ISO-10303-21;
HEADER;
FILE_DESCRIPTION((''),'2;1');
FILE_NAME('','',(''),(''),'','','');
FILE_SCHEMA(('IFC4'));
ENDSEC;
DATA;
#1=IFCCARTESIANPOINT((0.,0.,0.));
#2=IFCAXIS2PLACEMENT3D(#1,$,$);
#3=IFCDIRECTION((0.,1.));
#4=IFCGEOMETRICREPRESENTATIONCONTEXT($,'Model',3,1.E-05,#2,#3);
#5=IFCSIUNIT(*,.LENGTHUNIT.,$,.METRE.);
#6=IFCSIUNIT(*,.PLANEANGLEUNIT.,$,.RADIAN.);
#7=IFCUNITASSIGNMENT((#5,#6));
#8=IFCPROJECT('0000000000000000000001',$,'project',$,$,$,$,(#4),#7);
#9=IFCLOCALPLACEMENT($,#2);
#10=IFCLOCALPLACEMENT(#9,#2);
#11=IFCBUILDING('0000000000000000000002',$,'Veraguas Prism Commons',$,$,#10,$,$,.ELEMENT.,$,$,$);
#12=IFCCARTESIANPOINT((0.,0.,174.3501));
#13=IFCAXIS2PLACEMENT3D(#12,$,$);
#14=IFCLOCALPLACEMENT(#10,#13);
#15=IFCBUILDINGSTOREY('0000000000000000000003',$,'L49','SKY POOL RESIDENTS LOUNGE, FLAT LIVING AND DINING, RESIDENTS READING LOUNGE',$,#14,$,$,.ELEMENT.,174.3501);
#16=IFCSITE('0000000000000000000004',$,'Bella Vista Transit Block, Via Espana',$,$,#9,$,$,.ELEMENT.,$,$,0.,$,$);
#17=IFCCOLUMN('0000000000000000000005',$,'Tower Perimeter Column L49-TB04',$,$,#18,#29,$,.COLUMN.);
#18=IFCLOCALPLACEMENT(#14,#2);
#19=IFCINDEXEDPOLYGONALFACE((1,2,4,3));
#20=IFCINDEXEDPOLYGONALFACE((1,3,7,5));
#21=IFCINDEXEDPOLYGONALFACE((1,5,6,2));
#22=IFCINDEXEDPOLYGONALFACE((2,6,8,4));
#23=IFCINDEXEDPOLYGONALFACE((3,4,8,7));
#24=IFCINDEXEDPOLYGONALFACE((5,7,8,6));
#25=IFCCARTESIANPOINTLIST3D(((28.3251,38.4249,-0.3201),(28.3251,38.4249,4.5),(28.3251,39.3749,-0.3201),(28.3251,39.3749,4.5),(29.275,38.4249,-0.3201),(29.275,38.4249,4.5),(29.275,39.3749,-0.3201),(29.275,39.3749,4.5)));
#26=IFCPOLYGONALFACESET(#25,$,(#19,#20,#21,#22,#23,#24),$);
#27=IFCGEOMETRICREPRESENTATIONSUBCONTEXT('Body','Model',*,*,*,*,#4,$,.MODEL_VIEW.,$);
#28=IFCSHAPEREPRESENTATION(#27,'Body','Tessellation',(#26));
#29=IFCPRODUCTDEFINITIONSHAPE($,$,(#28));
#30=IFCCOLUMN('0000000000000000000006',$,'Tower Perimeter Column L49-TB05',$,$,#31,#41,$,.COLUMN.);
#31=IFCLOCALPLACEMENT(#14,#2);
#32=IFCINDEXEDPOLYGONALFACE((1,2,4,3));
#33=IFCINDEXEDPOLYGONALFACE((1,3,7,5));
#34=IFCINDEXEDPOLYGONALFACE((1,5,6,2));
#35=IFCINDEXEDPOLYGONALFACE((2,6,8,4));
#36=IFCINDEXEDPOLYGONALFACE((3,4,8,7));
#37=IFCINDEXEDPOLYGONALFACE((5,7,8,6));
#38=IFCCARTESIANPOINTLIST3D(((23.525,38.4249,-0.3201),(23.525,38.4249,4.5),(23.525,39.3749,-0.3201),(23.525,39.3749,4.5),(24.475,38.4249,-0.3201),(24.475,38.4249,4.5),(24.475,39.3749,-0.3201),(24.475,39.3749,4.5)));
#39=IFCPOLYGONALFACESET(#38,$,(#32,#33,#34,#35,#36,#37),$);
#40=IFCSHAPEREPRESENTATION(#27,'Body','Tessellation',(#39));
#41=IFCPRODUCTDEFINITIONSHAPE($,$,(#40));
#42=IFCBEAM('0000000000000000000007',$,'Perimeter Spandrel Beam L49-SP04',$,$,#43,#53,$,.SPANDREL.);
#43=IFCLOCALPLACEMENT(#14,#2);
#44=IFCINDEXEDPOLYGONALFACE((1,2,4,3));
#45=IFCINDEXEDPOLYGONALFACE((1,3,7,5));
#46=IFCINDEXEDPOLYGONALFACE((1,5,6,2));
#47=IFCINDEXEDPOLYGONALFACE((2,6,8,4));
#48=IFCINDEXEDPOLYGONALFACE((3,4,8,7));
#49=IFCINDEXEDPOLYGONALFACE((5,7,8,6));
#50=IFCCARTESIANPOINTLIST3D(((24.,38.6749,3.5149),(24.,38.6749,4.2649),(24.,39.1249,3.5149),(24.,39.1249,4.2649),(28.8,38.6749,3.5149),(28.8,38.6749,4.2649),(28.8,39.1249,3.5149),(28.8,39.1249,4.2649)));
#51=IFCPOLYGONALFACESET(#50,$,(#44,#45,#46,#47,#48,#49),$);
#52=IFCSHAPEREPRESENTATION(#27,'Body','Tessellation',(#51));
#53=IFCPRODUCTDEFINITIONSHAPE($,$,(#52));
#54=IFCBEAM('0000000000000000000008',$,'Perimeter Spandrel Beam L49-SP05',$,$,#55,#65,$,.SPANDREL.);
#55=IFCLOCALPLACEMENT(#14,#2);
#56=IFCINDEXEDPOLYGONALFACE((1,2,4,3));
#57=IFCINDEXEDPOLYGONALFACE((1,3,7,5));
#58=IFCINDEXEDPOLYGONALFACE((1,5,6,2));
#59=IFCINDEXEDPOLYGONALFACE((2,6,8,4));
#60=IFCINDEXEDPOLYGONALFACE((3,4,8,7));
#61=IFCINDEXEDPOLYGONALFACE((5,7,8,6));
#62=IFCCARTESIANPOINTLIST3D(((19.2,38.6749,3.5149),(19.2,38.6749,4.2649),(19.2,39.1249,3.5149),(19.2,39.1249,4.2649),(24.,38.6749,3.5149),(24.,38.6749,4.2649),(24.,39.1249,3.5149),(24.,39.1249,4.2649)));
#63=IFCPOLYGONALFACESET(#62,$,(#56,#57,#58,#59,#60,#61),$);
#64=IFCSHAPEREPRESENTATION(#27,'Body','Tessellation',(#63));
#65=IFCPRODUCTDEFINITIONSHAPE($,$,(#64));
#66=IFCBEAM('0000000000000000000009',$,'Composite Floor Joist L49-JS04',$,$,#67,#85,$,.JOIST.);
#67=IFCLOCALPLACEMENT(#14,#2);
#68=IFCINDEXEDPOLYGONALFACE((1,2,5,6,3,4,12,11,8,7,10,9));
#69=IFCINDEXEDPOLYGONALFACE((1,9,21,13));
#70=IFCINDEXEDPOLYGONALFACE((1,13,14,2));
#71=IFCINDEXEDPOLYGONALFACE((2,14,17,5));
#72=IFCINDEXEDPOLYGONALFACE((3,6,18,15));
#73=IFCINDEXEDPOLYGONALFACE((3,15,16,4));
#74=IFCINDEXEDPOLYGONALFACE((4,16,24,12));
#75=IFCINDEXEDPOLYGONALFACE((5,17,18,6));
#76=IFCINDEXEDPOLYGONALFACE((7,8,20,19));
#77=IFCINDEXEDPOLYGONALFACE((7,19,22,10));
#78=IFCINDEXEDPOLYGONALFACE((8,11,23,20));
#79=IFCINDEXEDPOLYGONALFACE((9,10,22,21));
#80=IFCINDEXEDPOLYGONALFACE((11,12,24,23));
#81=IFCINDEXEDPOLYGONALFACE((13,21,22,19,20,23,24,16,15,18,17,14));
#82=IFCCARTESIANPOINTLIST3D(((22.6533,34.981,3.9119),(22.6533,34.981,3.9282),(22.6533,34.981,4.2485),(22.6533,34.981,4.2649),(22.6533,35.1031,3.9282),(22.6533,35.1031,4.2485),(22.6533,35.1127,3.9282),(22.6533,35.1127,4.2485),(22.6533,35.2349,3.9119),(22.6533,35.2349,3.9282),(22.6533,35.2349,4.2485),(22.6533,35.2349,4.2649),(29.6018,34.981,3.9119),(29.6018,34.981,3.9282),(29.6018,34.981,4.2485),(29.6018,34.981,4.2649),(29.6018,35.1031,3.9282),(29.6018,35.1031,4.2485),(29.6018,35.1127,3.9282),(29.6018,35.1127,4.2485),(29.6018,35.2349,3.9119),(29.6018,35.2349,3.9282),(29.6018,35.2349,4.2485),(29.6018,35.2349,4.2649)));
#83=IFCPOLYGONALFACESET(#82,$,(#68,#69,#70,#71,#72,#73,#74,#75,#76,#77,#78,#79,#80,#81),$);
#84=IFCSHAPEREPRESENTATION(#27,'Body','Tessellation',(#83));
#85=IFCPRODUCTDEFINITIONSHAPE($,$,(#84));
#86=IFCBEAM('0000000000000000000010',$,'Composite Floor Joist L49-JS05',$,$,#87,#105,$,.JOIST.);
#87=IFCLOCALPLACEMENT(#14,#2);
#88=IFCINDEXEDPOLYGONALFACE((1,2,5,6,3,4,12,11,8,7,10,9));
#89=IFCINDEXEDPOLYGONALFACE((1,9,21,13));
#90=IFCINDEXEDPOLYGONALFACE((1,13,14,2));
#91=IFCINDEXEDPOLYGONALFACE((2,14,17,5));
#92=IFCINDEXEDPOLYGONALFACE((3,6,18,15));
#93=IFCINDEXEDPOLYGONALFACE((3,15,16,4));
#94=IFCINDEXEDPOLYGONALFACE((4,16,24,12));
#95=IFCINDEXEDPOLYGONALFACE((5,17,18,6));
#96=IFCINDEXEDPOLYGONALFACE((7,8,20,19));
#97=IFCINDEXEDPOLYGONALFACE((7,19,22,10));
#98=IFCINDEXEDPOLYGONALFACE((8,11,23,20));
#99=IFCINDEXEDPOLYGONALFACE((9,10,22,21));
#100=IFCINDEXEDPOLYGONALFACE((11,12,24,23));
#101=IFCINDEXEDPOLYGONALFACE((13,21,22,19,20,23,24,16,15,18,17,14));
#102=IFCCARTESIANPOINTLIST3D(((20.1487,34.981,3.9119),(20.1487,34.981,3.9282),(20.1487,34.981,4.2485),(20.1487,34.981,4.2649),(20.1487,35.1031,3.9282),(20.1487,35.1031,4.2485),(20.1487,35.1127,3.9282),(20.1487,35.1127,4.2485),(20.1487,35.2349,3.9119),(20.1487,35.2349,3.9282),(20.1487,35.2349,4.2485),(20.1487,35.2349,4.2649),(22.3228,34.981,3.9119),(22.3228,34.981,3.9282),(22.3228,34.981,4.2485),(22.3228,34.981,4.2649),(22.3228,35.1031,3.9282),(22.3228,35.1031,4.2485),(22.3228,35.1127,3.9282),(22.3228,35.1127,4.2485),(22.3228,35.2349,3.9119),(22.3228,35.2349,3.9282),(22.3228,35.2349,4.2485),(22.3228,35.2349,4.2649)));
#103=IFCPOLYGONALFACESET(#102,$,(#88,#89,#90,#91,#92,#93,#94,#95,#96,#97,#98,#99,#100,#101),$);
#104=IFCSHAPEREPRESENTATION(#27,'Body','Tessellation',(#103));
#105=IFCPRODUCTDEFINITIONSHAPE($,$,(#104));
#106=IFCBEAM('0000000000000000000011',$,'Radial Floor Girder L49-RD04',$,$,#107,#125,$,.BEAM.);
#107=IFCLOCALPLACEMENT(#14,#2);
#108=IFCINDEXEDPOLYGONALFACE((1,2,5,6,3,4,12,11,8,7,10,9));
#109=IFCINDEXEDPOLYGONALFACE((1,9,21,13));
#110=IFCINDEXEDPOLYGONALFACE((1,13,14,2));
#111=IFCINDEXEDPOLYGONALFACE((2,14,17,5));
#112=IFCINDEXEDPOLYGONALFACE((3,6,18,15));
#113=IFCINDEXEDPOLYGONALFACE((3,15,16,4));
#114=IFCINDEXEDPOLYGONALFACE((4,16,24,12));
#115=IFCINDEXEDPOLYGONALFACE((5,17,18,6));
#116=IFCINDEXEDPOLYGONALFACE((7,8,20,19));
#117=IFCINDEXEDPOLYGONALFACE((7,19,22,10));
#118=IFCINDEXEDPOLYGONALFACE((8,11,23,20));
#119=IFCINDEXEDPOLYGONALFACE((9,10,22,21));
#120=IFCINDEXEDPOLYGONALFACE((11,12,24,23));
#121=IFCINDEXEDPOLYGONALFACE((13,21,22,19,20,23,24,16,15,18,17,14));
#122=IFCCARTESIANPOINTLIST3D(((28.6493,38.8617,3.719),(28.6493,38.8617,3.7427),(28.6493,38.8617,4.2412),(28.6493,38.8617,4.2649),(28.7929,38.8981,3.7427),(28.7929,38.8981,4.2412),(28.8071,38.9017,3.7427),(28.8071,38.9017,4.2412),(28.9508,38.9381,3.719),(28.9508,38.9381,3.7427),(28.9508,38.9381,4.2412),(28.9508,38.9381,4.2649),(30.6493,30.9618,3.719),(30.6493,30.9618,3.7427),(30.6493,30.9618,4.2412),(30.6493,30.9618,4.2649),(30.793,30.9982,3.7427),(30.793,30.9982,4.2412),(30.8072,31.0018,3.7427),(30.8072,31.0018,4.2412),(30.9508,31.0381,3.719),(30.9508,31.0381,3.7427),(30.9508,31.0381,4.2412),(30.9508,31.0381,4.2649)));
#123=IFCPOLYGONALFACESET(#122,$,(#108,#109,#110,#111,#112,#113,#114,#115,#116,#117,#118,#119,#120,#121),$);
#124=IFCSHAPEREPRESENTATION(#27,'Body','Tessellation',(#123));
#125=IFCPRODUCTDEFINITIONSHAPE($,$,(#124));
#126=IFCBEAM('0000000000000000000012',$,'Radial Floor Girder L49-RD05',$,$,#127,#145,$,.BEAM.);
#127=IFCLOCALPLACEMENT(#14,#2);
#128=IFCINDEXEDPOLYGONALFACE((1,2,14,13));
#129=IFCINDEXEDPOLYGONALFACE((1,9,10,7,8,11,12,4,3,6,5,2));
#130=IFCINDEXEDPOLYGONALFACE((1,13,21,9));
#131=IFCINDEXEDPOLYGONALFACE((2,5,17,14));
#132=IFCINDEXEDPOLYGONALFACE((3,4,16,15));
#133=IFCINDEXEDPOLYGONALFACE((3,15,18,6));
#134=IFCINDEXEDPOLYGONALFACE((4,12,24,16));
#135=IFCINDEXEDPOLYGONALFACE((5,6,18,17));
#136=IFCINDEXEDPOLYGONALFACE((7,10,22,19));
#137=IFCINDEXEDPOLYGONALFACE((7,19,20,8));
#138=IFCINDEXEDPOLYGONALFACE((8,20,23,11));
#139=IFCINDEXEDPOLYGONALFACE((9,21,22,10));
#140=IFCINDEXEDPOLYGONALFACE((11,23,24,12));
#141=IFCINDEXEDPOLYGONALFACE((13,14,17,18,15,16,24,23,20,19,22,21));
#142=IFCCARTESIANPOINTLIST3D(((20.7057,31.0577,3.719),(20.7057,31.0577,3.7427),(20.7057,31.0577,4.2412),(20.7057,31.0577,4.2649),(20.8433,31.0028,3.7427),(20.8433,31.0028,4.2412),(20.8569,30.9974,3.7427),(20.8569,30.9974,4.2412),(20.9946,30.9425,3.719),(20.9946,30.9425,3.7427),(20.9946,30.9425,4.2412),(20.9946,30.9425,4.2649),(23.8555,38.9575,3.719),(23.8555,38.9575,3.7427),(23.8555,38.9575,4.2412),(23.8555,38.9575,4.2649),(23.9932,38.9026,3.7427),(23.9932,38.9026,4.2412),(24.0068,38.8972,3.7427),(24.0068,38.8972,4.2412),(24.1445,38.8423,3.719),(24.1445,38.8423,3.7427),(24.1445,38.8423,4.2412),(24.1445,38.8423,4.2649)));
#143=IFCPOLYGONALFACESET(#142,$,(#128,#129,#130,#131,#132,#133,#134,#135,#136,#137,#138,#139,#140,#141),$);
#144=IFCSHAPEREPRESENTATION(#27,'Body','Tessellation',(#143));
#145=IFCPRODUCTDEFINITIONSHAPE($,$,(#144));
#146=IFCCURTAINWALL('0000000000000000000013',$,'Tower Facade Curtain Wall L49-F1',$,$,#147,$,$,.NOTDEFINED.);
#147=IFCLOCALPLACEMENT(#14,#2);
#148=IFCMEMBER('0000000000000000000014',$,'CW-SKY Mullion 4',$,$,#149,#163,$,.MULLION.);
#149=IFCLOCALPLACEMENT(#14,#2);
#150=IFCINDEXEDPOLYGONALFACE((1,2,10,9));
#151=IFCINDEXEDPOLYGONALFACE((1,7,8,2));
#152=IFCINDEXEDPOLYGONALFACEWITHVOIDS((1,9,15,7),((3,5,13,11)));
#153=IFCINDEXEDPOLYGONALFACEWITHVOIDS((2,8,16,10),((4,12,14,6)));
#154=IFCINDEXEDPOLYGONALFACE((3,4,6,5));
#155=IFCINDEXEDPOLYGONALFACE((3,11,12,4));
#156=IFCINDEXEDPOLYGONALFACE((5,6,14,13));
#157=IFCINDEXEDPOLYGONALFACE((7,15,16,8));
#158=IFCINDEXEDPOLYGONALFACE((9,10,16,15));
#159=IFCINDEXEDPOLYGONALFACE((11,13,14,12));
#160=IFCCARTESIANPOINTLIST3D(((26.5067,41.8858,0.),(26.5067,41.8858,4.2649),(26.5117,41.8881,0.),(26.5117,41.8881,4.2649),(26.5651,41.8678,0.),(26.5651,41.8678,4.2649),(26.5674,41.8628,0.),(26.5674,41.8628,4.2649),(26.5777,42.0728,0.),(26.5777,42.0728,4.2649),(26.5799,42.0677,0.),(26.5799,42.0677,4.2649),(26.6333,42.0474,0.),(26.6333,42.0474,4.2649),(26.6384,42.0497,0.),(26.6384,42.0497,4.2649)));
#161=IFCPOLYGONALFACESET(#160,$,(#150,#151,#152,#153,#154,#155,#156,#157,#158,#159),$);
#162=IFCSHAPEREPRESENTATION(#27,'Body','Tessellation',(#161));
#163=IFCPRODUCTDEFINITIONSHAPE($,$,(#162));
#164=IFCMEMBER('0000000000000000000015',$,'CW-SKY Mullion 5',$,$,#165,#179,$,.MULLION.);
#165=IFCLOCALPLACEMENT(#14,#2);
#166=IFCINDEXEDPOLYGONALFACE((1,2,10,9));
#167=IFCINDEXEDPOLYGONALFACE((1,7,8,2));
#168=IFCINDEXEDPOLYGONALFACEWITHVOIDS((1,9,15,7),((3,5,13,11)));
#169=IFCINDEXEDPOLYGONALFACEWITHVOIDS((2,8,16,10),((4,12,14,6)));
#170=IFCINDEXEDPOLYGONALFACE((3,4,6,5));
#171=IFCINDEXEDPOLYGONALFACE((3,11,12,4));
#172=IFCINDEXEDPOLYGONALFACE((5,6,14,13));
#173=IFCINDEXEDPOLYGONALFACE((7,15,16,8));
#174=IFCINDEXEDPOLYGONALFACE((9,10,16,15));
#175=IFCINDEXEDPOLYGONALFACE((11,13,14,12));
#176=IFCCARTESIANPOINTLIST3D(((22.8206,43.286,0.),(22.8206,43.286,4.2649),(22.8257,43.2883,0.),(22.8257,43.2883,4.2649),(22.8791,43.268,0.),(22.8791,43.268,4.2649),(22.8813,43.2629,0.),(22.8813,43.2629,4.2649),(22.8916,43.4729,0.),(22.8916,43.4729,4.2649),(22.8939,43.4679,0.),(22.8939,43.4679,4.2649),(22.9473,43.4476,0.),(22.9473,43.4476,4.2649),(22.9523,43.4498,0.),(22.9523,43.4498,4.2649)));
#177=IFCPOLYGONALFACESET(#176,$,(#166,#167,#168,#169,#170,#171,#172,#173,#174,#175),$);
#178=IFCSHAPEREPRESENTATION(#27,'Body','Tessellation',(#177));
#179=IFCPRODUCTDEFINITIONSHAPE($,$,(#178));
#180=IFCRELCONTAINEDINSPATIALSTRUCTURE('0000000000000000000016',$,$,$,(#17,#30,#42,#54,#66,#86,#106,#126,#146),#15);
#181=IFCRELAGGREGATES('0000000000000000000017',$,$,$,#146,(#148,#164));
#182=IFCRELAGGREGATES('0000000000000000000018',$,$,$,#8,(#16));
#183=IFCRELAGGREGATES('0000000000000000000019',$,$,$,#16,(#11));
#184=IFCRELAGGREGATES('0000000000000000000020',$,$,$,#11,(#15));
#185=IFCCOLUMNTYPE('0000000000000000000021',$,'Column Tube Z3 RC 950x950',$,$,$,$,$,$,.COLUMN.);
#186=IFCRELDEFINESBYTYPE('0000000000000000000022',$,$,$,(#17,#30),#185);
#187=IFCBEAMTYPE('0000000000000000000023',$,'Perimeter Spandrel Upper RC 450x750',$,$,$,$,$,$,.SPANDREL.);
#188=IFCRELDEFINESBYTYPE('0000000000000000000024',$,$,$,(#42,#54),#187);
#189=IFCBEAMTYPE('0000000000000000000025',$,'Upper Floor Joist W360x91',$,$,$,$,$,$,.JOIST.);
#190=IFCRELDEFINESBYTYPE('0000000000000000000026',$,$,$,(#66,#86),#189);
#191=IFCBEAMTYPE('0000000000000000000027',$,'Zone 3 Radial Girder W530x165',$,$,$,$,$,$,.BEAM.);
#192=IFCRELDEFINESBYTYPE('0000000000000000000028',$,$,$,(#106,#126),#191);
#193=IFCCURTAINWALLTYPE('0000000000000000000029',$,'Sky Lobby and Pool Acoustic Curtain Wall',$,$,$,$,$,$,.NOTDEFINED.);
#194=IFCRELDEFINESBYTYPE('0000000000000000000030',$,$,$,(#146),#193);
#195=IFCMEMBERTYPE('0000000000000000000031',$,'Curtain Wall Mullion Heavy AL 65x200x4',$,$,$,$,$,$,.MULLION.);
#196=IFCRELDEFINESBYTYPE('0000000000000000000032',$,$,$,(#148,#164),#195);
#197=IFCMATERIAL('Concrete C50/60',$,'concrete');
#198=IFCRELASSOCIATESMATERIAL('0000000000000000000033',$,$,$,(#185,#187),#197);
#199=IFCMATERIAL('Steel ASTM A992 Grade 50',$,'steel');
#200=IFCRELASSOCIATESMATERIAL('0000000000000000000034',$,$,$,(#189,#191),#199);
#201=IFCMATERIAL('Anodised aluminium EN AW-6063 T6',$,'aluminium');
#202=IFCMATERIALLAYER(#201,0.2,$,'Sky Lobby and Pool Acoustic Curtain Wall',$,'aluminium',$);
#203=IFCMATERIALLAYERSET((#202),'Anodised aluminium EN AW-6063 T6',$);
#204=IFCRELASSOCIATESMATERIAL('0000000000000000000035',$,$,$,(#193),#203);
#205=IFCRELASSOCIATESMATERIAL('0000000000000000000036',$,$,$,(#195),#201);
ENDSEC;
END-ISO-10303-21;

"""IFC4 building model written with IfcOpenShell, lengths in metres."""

from ifc_helpers import new_model, si_unit, direction, frame, origin, origin_2d, place, context, subcontext, project, spatial, rectangle, hollow_rectangle, i_section, extrude, source, transform, mapped, material, layer, layer_set, material_profile, profile_set, type_object, element, aggregate, save


model = new_model("IFC4")

# Units and contexts
model_context = context("Model", 3, precision=1e-05, world=origin(), true_north=direction((0.0, 1.0)))
body_context = subcontext(model_context, "Body", "Model", "MODEL_VIEW")
ifc_project = project(units=[si_unit("LENGTHUNIT", "METRE"), si_unit("PLANEANGLEUNIT", "RADIAN")], contexts=[model_context])

# Site, building, storey
site_placement = place(None, origin())
site = spatial("IfcSite", under=ifc_project, at=site_placement, Name="Bella Vista Transit Block, Via Espana", CompositionType="ELEMENT", RefElevation=0.0)
building_placement = place(site_placement, origin())
building = spatial("IfcBuilding", under=site, at=building_placement, Name="Veraguas Prism Commons", CompositionType="ELEMENT")
storey_placement = place(building_placement, frame((0.0, 0.0, 174.3501)))
storey = spatial("IfcBuildingStorey", under=building, at=storey_placement, Name="L49", Description="SKY POOL RESIDENTS LOUNGE, FLAT LIVING AND DINING, RESIDENTS READING LOUNGE", CompositionType="ELEMENT", Elevation=174.3501)

# Columns
ifc_material_1 = material(Name="Concrete C50/60", Category="concrete")
ifc_material_profile_1 = material_profile(ifc_material_1, rectangle(XDim=0.95, YDim=0.95, at=origin_2d()), Name="RC950X950")
ifc_profile_set_1 = profile_set([ifc_material_profile_1], Name="Concrete C50/60")
column_type = type_object("IfcColumnType", Name="Column Tube Z3 RC 950x950", PredefinedType="COLUMN", material=ifc_profile_set_1)
for number, where, z_axis, x_axis, name in (
    (1, (28.8, 38.8999, -0.3201), (0.0, 0.0, 1.0), (1.0, 0.0, 0.0), "Tower Perimeter Column L49-TB04"),
    (2, (24.0, 38.8999, -0.3201), (0.0, 0.0, 1.0), (1.0, 0.0, 0.0), "Tower Perimeter Column L49-TB05"),
):
    element("IfcColumn", number, at=place(storey_placement, frame(where, z_axis=z_axis, x_axis=x_axis)), inside=storey, type_object=column_type, Name=name, PredefinedType="COLUMN", context=body_context, shape_type="SweptSolid", body=[
        extrude(rectangle(XDim=0.95, YDim=0.95, at=origin_2d()), origin(), (0.0, 0.0, 1.0), 4.8201),
    ])

# Beams
ifc_material_profile_2 = material_profile(ifc_material_1, rectangle(XDim=0.45, YDim=0.75, at=origin_2d()), Name="RC450X750")
ifc_profile_set_2 = profile_set([ifc_material_profile_2], Name="Concrete C50/60")
beam_type_1 = type_object("IfcBeamType", Name="Perimeter Spandrel Upper RC 450x750", PredefinedType="SPANDREL", material=ifc_profile_set_2)
for number, where, z_axis, x_axis, name in (
    (3, (28.8, 38.8999, 3.8899), (-1.0, 0.0, 0.0), (0.0, -1.0, 0.0), "Perimeter Spandrel Beam L49-SP04"),
    (4, (24.0, 38.8999, 3.8899), (-1.0, 0.0, 0.0), (0.0, -1.0, 0.0), "Perimeter Spandrel Beam L49-SP05"),
):
    element("IfcBeam", number, at=place(storey_placement, frame(where, z_axis=z_axis, x_axis=x_axis)), inside=storey, type_object=beam_type_1, Name=name, PredefinedType="SPANDREL", context=body_context, shape_type="SweptSolid", body=[
        extrude(rectangle(XDim=0.45, YDim=0.75, at=origin_2d()), origin(), (0.0, 0.0, 1.0), 4.8),
    ])
ifc_material_2 = material(Name="Steel ASTM A992 Grade 50", Category="steel")
ifc_material_profile_3 = material_profile(ifc_material_2, i_section(OverallWidth=0.2539, OverallDepth=0.353, WebThickness=0.0095, FlangeThickness=0.0164, at=origin_2d()), Name="W360X91")
ifc_profile_set_3 = profile_set([ifc_material_profile_3], Name="Steel ASTM A992 Grade 50")
beam_type_2 = type_object("IfcBeamType", Name="Upper Floor Joist W360x91", PredefinedType="JOIST", material=ifc_profile_set_3)
beam_1_placement = place(storey_placement, frame((29.6018, 35.1079, 4.0884), z_axis=(-1.0, 0.0, 0.0), x_axis=(0.0, -1.0, 0.0)))
element("IfcBeam", 5, at=beam_1_placement, inside=storey, type_object=beam_type_2, Name="Composite Floor Joist L49-JS04", PredefinedType="JOIST", context=body_context, shape_type="SweptSolid", body=[
    extrude(i_section(OverallWidth=0.2539, OverallDepth=0.353, WebThickness=0.0095, FlangeThickness=0.0164, at=origin_2d()), origin(), (0.0, 0.0, 1.0), 6.9485),
])
beam_2_placement = place(storey_placement, frame((22.3228, 35.1079, 4.0884), z_axis=(-1.0, 0.0, 0.0), x_axis=(0.0, -1.0, 0.0)))
element("IfcBeam", 6, at=beam_2_placement, inside=storey, type_object=beam_type_2, Name="Composite Floor Joist L49-JS05", PredefinedType="JOIST", context=body_context, shape_type="SweptSolid", body=[
    extrude(i_section(OverallWidth=0.2539, OverallDepth=0.353, WebThickness=0.0095, FlangeThickness=0.0164, at=origin_2d()), origin(), (0.0, 0.0, 1.0), 2.1741),
])
ifc_material_profile_4 = material_profile(ifc_material_2, i_section(OverallWidth=0.311, OverallDepth=0.5459, WebThickness=0.0146, FlangeThickness=0.0237, at=origin_2d()), Name="W530X165")
ifc_profile_set_4 = profile_set([ifc_material_profile_4], Name="Steel ASTM A992 Grade 50")
beam_type_3 = type_object("IfcBeamType", Name="Zone 3 Radial Girder W530x165", PredefinedType="BEAM", material=ifc_profile_set_4)
beam_3_placement = place(storey_placement, frame((28.8, 38.8999, 3.9919), z_axis=(0.245425, -0.969416, 0.0), x_axis=(0.969416, 0.245425, 0.0)))
element("IfcBeam", 7, at=beam_3_placement, inside=storey, type_object=beam_type_3, Name="Radial Floor Girder L49-RD04", PredefinedType="BEAM", context=body_context, shape_type="SweptSolid", body=[
    extrude(i_section(OverallWidth=0.311, OverallDepth=0.5459, WebThickness=0.0146, FlangeThickness=0.0237, at=origin_2d()), origin(), (0.0, 0.0, 1.0), 8.1492),
])
beam_4_placement = place(storey_placement, frame((24.0, 38.8999, 3.9919), z_axis=(-0.370371, -0.928884, 0.0), x_axis=(0.928884, -0.370371, 0.0)))
element("IfcBeam", 8, at=beam_4_placement, inside=storey, type_object=beam_type_3, Name="Radial Floor Girder L49-RD05", PredefinedType="BEAM", context=body_context, shape_type="SweptSolid", body=[
    extrude(i_section(OverallWidth=0.311, OverallDepth=0.5459, WebThickness=0.0146, FlangeThickness=0.0237, at=origin_2d()), origin(), (0.0, 0.0, 1.0), 8.5046),
])

# Curtain wall, members
ifc_material_3 = material(Name="Anodised aluminium EN AW-6063 T6", Category="aluminium")
ifc_layer_1 = layer(ifc_material_3, 0.2, Name="Sky Lobby and Pool Acoustic Curtain Wall", Category="aluminium")
ifc_layer_set_1 = layer_set([ifc_layer_1], Name="Anodised aluminium EN AW-6063 T6")
curtain_wall_type = type_object("IfcCurtainWallType", Name="Sky Lobby and Pool Acoustic Curtain Wall", PredefinedType="NOTDEFINED", material=ifc_layer_set_1)
curtain_wall_1_placement = place(storey_placement, origin())
curtain_wall_1 = element("IfcCurtainWall", 9, at=curtain_wall_1_placement, inside=storey, type_object=curtain_wall_type, Name="Tower Facade Curtain Wall L49-F1", PredefinedType="NOTDEFINED")
ifc_material_profile_5 = material_profile(ifc_material_3, hollow_rectangle(XDim=0.0649, YDim=0.2, WallThickness=0.0039, at=origin_2d()), Name="AL65X200X4")
ifc_profile_set_5 = profile_set([ifc_material_profile_5], Name="Anodised aluminium EN AW-6063 T6")
member_type_1 = type_object("IfcMemberType", Name="Curtain Wall Mullion Heavy AL 65x200x4", PredefinedType="MULLION", material=ifc_profile_set_5)
shared_shape_1 = source(origin(), body_context, "Body", "SweptSolid", [
    extrude(hollow_rectangle(XDim=0.0649, YDim=0.2, WallThickness=0.0039, at=origin_2d()), origin(), (0.0, 0.0, 1.0), 4.2649),
])
member_1_placement = place(storey_placement, frame((26.5725, 41.9678, 0.0), z_axis=(0.0, 0.0, 1.0), x_axis=(-0.934825, 0.355109, 0.0)))
member_1 = element("IfcMember", 10, at=member_1_placement, type_object=member_type_1, Name="CW-SKY Mullion 4", PredefinedType="MULLION", context=body_context, shape_type="MappedRepresentation", body=[
    mapped(shared_shape_1, transform((0.0, 0.0, 0.0), scale=1.0)),
])
member_2_placement = place(storey_placement, frame((22.8865, 43.3679, 0.0), z_axis=(0.0, 0.0, 1.0), x_axis=(-0.934825, 0.355109, 0.0)))
member_2 = element("IfcMember", 11, at=member_2_placement, type_object=member_type_1, Name="CW-SKY Mullion 5", PredefinedType="MULLION", context=body_context, shape_type="MappedRepresentation", body=[
    mapped(shared_shape_1, transform((0.0, 0.0, 0.0), scale=1.0)),
])

aggregate(curtain_wall_1, [member_1, member_2])

save(model, "model.ifc")
